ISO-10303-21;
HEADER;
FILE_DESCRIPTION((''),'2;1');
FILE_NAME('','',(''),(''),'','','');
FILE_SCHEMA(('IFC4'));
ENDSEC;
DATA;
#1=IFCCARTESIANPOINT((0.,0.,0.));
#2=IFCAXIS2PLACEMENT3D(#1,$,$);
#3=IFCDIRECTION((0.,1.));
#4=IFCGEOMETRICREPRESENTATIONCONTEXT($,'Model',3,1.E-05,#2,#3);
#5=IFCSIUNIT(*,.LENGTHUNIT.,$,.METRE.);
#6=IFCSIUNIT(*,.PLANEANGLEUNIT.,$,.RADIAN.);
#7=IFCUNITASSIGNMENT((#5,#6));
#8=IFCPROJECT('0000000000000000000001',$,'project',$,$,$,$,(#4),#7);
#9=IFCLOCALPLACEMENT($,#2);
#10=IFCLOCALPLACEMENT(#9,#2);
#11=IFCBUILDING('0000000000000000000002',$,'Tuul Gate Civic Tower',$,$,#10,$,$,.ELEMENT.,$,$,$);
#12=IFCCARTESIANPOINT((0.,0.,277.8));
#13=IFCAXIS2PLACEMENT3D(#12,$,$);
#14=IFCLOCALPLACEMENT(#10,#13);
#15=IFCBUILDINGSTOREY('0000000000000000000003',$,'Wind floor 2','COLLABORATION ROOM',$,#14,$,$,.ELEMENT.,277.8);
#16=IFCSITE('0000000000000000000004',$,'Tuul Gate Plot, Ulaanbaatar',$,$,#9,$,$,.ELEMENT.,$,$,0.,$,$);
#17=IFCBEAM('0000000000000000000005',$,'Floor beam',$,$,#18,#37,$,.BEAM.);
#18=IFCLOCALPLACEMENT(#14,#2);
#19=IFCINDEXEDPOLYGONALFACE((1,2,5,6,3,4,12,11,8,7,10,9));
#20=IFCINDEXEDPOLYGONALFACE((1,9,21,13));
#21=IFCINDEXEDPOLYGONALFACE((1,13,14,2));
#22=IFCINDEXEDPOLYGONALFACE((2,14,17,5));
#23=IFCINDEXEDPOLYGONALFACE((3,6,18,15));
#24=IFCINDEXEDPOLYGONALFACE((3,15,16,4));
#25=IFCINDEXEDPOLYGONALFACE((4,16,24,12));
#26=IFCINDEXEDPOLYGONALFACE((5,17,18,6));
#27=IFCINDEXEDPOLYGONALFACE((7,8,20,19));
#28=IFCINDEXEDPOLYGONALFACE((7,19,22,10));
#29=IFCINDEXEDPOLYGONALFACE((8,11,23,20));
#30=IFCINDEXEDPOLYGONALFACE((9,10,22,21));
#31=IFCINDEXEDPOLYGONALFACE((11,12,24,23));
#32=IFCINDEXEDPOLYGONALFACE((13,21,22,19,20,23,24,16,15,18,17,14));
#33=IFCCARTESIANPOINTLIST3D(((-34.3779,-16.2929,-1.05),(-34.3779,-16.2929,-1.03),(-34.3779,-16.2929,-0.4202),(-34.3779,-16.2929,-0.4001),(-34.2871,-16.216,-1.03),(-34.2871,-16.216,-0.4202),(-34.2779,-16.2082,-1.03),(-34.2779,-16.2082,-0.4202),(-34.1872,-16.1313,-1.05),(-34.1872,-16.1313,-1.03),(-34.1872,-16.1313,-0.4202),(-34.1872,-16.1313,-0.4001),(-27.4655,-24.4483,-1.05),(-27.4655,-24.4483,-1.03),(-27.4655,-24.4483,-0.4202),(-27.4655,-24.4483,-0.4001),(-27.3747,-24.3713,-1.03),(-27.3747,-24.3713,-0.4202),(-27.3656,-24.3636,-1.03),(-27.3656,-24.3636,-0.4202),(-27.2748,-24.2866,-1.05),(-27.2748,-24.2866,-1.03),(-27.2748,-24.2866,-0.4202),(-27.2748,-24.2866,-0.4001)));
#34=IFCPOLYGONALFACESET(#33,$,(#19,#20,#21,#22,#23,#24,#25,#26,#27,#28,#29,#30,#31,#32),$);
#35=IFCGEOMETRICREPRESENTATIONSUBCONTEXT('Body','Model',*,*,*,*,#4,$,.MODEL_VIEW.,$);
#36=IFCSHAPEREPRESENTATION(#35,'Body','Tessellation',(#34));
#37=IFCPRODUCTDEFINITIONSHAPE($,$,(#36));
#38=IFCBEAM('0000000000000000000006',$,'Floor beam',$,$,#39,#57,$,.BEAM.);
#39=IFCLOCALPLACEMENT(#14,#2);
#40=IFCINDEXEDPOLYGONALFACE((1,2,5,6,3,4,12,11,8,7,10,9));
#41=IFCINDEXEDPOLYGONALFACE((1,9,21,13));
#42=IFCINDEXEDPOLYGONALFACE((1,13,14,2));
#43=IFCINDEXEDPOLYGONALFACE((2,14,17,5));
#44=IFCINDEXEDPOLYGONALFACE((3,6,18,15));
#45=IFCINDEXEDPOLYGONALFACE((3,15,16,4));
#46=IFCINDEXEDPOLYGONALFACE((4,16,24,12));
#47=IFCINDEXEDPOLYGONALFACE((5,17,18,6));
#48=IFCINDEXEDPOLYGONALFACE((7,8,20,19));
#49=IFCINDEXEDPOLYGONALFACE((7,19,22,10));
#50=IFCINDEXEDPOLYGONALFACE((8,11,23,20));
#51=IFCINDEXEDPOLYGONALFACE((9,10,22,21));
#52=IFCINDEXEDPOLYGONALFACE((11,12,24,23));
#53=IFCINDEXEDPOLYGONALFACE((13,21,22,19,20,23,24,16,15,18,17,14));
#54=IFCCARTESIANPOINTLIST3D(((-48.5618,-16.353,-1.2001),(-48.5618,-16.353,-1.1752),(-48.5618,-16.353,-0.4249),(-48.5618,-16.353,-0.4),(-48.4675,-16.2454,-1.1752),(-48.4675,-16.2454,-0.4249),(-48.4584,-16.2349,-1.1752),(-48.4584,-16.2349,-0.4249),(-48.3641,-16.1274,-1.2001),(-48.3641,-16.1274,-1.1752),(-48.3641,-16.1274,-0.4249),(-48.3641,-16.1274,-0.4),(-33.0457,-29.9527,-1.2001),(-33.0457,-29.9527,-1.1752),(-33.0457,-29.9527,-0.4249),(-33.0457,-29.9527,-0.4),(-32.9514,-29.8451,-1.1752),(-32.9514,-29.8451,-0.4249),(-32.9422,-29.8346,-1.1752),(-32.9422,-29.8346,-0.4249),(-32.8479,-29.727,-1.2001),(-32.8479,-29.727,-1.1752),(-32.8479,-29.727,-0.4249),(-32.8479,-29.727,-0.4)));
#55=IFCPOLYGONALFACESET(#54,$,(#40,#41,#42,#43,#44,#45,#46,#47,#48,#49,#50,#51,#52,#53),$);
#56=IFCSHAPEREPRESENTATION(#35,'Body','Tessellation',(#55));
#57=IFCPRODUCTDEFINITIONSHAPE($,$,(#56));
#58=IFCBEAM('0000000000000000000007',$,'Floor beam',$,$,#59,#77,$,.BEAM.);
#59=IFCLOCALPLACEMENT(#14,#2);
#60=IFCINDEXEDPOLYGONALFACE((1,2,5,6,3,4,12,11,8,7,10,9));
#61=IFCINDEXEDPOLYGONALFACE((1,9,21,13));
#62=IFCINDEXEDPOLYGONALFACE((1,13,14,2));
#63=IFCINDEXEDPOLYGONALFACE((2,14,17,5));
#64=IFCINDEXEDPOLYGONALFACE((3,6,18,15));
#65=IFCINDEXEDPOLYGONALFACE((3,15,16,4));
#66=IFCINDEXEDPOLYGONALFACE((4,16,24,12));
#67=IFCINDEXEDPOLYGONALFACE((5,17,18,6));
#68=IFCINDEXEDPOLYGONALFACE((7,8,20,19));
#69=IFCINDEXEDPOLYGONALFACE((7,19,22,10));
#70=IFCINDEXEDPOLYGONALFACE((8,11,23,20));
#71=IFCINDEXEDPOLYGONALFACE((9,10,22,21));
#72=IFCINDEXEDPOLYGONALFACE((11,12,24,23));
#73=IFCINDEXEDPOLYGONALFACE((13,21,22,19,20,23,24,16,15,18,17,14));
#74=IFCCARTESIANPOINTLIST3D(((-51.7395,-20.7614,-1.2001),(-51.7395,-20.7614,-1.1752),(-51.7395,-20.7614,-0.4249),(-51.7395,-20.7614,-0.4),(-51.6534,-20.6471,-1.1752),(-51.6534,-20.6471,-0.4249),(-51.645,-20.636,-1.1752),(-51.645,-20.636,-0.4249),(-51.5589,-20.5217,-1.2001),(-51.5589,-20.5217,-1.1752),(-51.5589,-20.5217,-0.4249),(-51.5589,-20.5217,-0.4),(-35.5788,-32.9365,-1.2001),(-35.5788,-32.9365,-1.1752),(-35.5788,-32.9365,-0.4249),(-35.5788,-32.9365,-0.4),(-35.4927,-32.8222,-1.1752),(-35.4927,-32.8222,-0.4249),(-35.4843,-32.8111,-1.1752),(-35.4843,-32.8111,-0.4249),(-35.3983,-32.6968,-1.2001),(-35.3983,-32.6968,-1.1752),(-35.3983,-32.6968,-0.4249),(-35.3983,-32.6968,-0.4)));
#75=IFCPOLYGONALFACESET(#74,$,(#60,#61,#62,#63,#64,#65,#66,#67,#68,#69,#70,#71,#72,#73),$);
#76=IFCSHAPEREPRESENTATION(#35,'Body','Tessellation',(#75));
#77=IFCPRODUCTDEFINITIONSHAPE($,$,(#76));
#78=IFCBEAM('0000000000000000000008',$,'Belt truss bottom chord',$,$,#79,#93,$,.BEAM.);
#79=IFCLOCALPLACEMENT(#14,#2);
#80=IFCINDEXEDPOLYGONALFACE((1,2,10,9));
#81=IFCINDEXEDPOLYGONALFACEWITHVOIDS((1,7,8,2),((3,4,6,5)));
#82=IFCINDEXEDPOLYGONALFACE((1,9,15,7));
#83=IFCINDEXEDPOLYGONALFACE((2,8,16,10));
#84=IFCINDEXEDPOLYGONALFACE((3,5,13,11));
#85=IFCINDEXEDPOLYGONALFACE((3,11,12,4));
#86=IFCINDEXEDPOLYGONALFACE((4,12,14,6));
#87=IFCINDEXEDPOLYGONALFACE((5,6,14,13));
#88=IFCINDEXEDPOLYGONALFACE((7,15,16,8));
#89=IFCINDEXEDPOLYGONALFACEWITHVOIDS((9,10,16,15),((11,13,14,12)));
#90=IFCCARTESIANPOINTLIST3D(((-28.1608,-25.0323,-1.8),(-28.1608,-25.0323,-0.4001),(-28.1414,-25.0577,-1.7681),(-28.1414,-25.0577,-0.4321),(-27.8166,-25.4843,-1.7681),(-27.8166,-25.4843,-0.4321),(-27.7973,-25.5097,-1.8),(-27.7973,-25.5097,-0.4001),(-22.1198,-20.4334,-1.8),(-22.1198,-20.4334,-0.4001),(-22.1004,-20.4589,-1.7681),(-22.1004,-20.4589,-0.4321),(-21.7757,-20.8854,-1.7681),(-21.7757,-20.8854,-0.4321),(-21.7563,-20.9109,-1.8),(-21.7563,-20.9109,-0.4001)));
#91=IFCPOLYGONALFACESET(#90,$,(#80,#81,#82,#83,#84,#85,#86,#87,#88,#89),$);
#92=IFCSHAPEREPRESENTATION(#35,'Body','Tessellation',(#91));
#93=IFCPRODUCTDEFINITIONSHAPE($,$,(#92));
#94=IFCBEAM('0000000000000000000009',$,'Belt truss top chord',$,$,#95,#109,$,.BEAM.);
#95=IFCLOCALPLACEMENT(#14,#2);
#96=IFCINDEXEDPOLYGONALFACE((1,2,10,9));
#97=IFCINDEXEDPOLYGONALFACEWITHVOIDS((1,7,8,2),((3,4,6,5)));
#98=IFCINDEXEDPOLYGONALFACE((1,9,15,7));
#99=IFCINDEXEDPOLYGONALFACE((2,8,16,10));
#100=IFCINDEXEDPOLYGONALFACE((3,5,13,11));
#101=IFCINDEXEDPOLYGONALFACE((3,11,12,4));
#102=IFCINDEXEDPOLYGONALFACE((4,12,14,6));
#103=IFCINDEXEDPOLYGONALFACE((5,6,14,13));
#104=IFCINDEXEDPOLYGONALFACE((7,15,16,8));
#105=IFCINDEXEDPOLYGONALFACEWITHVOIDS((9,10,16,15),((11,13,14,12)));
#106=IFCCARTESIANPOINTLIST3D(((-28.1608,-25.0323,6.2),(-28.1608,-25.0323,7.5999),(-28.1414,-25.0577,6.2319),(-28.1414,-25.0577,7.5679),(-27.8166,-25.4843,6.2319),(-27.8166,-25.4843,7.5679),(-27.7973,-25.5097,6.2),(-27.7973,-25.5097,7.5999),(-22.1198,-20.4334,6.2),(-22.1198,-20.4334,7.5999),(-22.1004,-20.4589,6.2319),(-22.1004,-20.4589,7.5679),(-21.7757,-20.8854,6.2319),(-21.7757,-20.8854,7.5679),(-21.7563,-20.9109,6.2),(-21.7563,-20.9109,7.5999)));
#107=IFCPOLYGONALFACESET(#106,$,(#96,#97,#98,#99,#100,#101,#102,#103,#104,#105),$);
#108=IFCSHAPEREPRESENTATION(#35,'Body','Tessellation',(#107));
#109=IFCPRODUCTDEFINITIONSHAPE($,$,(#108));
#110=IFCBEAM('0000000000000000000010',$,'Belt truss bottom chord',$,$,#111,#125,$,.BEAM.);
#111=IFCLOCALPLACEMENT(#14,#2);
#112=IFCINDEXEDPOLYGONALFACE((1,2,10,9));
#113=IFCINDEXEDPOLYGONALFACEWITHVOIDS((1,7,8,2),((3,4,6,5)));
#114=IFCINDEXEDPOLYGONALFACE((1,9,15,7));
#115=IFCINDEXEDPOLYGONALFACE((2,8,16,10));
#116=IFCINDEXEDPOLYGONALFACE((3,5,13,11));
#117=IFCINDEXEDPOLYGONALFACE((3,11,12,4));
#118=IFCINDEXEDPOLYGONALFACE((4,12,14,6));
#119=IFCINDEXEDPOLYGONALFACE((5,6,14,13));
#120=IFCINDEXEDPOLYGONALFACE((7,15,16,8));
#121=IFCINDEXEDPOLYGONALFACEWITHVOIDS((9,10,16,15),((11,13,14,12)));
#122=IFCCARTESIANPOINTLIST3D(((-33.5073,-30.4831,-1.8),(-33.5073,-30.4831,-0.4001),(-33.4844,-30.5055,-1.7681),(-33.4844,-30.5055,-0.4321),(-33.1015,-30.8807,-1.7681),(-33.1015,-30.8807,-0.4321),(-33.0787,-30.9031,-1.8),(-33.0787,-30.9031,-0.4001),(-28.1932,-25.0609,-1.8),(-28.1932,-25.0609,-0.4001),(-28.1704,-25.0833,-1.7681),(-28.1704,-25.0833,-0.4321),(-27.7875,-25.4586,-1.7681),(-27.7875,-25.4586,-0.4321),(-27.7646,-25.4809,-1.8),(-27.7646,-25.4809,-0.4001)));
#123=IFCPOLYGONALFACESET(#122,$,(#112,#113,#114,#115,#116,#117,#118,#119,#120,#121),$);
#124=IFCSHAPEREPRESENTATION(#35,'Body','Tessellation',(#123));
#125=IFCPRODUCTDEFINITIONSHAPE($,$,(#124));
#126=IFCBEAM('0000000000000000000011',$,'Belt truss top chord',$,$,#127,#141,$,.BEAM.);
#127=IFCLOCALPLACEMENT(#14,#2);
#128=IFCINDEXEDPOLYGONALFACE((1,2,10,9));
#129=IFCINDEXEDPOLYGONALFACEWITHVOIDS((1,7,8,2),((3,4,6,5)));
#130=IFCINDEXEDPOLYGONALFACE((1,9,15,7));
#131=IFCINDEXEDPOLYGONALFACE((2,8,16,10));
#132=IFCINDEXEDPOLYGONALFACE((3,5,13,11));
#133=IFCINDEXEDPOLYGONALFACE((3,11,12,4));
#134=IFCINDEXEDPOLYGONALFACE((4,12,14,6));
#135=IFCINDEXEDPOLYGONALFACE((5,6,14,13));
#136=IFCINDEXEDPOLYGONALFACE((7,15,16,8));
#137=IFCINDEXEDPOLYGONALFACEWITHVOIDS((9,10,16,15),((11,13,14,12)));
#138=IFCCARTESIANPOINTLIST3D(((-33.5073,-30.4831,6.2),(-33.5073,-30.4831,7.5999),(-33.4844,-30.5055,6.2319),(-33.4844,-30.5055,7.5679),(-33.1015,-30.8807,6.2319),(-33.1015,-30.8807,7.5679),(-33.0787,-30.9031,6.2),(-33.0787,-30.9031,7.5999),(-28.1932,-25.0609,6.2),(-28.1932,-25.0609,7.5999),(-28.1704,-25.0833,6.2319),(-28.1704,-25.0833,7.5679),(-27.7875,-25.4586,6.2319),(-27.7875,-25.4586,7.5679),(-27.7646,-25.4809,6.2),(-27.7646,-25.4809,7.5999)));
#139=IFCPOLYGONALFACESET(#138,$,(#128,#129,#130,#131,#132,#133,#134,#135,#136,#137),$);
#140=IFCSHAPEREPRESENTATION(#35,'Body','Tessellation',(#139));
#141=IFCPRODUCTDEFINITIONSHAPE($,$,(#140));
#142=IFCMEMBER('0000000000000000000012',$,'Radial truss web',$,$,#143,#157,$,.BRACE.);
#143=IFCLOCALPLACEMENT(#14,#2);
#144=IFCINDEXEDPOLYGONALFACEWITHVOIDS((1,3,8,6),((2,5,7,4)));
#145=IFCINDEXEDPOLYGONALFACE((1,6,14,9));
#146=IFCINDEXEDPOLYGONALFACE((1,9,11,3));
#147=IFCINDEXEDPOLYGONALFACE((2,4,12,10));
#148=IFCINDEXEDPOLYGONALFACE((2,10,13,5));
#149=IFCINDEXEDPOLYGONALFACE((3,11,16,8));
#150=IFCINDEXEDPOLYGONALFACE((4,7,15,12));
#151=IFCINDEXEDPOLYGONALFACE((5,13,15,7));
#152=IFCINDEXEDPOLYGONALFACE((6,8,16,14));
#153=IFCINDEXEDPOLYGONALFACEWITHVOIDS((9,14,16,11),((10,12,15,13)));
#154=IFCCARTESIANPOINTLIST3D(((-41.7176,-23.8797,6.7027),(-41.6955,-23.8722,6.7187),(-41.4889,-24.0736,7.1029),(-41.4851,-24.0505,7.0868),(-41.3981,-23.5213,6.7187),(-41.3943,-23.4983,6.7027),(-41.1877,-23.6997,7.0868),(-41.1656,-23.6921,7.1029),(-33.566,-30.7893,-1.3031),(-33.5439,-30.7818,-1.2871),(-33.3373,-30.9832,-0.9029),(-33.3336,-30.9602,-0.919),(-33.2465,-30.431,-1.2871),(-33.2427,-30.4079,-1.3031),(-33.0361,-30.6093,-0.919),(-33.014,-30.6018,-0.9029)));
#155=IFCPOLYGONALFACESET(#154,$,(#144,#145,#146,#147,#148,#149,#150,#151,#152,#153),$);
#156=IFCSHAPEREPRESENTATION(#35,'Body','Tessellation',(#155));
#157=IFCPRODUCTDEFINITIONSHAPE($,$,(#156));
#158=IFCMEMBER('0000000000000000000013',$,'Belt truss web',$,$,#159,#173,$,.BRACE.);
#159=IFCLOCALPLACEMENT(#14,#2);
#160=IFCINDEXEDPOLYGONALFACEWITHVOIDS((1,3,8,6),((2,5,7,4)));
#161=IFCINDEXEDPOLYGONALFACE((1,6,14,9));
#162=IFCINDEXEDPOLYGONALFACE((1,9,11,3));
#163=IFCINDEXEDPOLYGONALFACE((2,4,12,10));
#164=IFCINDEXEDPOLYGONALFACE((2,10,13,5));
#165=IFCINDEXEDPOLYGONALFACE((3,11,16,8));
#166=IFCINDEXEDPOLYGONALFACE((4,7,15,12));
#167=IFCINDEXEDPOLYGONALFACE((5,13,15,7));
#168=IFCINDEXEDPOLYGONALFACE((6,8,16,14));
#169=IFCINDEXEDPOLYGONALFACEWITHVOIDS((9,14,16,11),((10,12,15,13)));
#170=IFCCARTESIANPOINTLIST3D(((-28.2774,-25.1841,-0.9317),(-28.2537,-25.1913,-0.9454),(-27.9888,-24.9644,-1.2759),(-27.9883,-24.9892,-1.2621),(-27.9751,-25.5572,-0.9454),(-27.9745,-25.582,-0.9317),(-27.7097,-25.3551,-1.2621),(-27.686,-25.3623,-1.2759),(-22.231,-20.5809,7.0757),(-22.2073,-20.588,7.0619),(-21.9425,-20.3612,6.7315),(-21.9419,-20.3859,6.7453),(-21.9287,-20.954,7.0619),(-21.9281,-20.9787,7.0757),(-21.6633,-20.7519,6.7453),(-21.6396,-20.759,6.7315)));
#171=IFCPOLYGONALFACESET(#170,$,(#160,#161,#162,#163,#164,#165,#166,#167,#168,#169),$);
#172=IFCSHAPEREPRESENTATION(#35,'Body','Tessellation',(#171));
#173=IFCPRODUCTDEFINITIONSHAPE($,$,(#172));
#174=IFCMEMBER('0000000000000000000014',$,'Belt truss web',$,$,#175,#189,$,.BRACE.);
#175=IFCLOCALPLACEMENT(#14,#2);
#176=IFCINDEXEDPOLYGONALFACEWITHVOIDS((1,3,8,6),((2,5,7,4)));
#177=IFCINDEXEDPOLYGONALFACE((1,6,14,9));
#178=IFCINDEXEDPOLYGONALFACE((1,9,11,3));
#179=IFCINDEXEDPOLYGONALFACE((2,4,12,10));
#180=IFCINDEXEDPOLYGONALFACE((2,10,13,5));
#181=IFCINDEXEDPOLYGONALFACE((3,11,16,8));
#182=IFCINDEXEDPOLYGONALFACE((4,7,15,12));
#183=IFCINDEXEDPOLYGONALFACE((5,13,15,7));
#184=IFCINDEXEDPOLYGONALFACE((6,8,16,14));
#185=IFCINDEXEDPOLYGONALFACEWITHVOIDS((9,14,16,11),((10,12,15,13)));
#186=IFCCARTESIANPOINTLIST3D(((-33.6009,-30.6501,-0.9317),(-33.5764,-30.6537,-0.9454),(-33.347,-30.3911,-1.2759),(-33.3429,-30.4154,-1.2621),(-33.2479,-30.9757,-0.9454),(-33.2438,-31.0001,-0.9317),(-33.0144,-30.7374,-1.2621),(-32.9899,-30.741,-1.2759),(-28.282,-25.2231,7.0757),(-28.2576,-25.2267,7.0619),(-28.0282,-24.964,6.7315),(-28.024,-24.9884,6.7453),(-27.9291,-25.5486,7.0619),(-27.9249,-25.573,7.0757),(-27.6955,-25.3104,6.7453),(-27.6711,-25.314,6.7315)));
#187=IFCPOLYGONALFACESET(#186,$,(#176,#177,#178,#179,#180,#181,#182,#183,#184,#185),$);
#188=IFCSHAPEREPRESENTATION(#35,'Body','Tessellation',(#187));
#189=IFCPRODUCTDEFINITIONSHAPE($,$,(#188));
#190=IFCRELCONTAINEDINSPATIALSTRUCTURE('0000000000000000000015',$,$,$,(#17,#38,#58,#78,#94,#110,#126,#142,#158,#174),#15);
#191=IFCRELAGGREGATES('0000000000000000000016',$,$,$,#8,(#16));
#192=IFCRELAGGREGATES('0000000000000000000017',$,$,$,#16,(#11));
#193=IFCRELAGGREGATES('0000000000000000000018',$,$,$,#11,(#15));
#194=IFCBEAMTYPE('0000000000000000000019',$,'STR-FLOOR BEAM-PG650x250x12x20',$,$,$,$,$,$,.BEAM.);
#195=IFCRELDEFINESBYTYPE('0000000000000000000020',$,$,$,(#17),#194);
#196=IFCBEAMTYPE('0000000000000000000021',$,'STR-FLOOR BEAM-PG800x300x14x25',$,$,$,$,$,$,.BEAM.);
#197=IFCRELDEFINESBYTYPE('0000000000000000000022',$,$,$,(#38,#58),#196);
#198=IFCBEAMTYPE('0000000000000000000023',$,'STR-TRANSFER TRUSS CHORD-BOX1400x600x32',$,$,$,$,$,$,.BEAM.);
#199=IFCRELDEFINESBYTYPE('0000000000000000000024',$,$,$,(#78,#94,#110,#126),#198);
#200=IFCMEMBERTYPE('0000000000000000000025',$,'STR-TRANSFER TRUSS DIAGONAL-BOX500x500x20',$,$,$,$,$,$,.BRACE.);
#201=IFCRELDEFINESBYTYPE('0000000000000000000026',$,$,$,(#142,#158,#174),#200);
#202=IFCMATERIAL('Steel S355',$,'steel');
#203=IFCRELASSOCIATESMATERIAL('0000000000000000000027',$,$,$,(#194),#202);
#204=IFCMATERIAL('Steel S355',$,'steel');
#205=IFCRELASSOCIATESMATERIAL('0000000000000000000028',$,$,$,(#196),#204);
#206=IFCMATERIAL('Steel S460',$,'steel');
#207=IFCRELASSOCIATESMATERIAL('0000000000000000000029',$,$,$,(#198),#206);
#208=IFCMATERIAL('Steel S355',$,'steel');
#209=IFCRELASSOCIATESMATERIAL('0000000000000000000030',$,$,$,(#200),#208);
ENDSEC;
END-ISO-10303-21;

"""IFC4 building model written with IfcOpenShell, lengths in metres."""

from ifc_helpers import new_model, si_unit, direction, frame, origin, origin_2d, place, context, subcontext, project, spatial, hollow_rectangle, i_section, extrude, material, material_profile, profile_set, type_object, element, save


model = new_model("IFC4")

# Units and contexts
model_context = context("Model", 3, precision=1e-05, world=origin(), true_north=direction((0.0, 1.0)))
body_context = subcontext(model_context, "Body", "Model", "MODEL_VIEW")
ifc_project = project(units=[si_unit("LENGTHUNIT", "METRE"), si_unit("PLANEANGLEUNIT", "RADIAN")], contexts=[model_context])

# Site, building, storey
site_placement = place(None, origin())
site = spatial("IfcSite", under=ifc_project, at=site_placement, Name="Tuul Gate Plot, Ulaanbaatar", CompositionType="ELEMENT", RefElevation=0.0)
building_placement = place(site_placement, origin())
building = spatial("IfcBuilding", under=site, at=building_placement, Name="Tuul Gate Civic Tower", CompositionType="ELEMENT")
storey_placement = place(building_placement, frame((0.0, 0.0, 277.8)))
storey = spatial("IfcBuildingStorey", under=building, at=storey_placement, Name="Wind floor 2", Description="COLLABORATION ROOM", CompositionType="ELEMENT", Elevation=277.8)

# Beams
ifc_material_1 = material(Name="Steel S355", Category="steel")
ifc_material_profile_1 = material_profile(ifc_material_1, i_section(OverallWidth=0.25, OverallDepth=0.6499, WebThickness=0.012, FlangeThickness=0.02, at=origin_2d()), Name="PG650x250x12x20")
ifc_profile_set_1 = profile_set([ifc_material_profile_1], Name="Steel S355")
beam_type_1 = type_object("IfcBeamType", Name="STR-FLOOR BEAM-PG650x250x12x20", PredefinedType="BEAM", material=ifc_profile_set_1)
beam_1_placement = place(storey_placement, frame((-27.3701, -24.3674, -0.7251), z_axis=(-0.646582, 0.762845, 0.0), x_axis=(-0.762845, -0.646582, 0.0)))
element("IfcBeam", 1, at=beam_1_placement, inside=storey, type_object=beam_type_1, Name="Floor beam", PredefinedType="BEAM", context=body_context, shape_type="SweptSolid", body=[
    extrude(i_section(OverallWidth=0.25, OverallDepth=0.6499, WebThickness=0.012, FlangeThickness=0.02, at=origin_2d()), origin(), (0.0, 0.0, 1.0), 10.6907),
])
ifc_material_2 = material(Name="Steel S355", Category="steel")
ifc_material_profile_2 = material_profile(ifc_material_2, i_section(OverallWidth=0.3, OverallDepth=0.8, WebThickness=0.0139, FlangeThickness=0.0249, at=origin_2d()), Name="PG800x300x14x25")
ifc_profile_set_2 = profile_set([ifc_material_profile_2], Name="Steel S355")
beam_type_2 = type_object("IfcBeamType", Name="STR-FLOOR BEAM-PG800x300x14x25", PredefinedType="BEAM", material=ifc_profile_set_2)
beam_2_placement = place(storey_placement, frame((-32.9468, -29.8398, -0.8), z_axis=(-0.752024, 0.659136, 0.0), x_axis=(-0.659136, -0.752024, 0.0)))
element("IfcBeam", 2, at=beam_2_placement, inside=storey, type_object=beam_type_2, Name="Floor beam", PredefinedType="BEAM", context=body_context, shape_type="SweptSolid", body=[
    extrude(i_section(OverallWidth=0.3, OverallDepth=0.8, WebThickness=0.0139, FlangeThickness=0.0249, at=origin_2d()), origin(), (0.0, 0.0, 1.0), 20.6326),
])
beam_3_placement = place(storey_placement, frame((-35.4885, -32.8167, -0.8), z_axis=(-0.798704, 0.601725, 0.0), x_axis=(-0.601725, -0.798704, 0.0)))
element("IfcBeam", 3, at=beam_3_placement, inside=storey, type_object=beam_type_2, Name="Floor beam", PredefinedType="BEAM", context=body_context, shape_type="SweptSolid", body=[
    extrude(i_section(OverallWidth=0.3, OverallDepth=0.8, WebThickness=0.0139, FlangeThickness=0.0249, at=origin_2d()), origin(), (0.0, 0.0, 1.0), 20.2336),
])
ifc_material_3 = material(Name="Steel S460", Category="steel")
ifc_material_profile_3 = material_profile(ifc_material_3, hollow_rectangle(XDim=0.6001, YDim=1.3999, WallThickness=0.032, at=origin_2d()), Name="BOX1400x600x32")
ifc_profile_set_3 = profile_set([ifc_material_profile_3], Name="Steel S460")
beam_type_3 = type_object("IfcBeamType", Name="STR-TRANSFER TRUSS CHORD-BOX1400x600x32", PredefinedType="BEAM", material=ifc_profile_set_3)
for number, where, z_axis, x_axis, name in (
    (4, (-27.979, -25.271, -1.1001), (0.795673, 0.605726, 0.0), (-0.605726, 0.795673, 0.0), "Belt truss bottom chord"),
    (5, (-27.979, -25.271, 6.8999), (0.795673, 0.605726, 0.0), (-0.605726, 0.795673, 0.0), "Belt truss top chord"),
):
    element("IfcBeam", number, at=place(storey_placement, frame(where, z_axis=z_axis, x_axis=x_axis)), inside=storey, type_object=beam_type_3, Name=name, PredefinedType="BEAM", context=body_context, shape_type="SweptSolid", body=[
        extrude(hollow_rectangle(XDim=0.6001, YDim=1.3999, WallThickness=0.032, at=origin_2d()), origin(), (0.0, 0.0, 1.0), 7.5923),
    ])
for number, where, z_axis, x_axis, name in (
    (6, (-33.293, -30.6931, -1.1001), (0.699948, 0.714194, 0.0), (-0.714194, 0.699948, 0.0), "Belt truss bottom chord"),
    (7, (-33.293, -30.6931, 6.8999), (0.699948, 0.714194, 0.0), (-0.714194, 0.699948, 0.0), "Belt truss top chord"),
):
    element("IfcBeam", number, at=place(storey_placement, frame(where, z_axis=z_axis, x_axis=x_axis)), inside=storey, type_object=beam_type_3, Name=name, PredefinedType="BEAM", context=body_context, shape_type="SweptSolid", body=[
        extrude(hollow_rectangle(XDim=0.6001, YDim=1.3999, WallThickness=0.032, at=origin_2d()), origin(), (0.0, 0.0, 1.0), 7.592),
    ])

# Members
ifc_material_4 = material(Name="Steel S355", Category="steel")
ifc_material_profile_4 = material_profile(ifc_material_4, hollow_rectangle(XDim=0.5, YDim=0.5, WallThickness=0.02, at=origin_2d()), Name="BOX500x500x20")
ifc_profile_set_4 = profile_set([ifc_material_profile_4], Name="Steel S355")
member_type_1 = type_object("IfcMemberType", Name="STR-TRANSFER TRUSS DIAGONAL-BOX500x500x20", PredefinedType="BRACE", material=ifc_profile_set_4)
member_1_placement = place(storey_placement, frame((-33.29, -30.6956, -1.103), z_axis=(-0.610499, 0.517486, 0.599583), x_axis=(-0.646605, -0.762825, 0.0)))
element("IfcMember", 8, at=member_1_placement, inside=storey, type_object=member_type_1, Name="Radial truss web", PredefinedType="BRACE", context=body_context, shape_type="SweptSolid", body=[
    extrude(hollow_rectangle(XDim=0.5, YDim=0.5, WallThickness=0.02, at=origin_2d()), origin(), (0.0, 0.0, 1.0), 13.3523),
])
member_2_placement = place(storey_placement, frame((-27.9817, -25.2732, -1.1038), z_axis=(0.547715, 0.416989, 0.725347), x_axis=(-0.605752, 0.795654, 0.0)))
element("IfcMember", 9, at=member_2_placement, inside=storey, type_object=member_type_1, Name="Belt truss web", PredefinedType="BRACE", context=body_context, shape_type="SweptSolid", body=[
    extrude(hollow_rectangle(XDim=0.5, YDim=0.5, WallThickness=0.02, at=origin_2d()), origin(), (0.0, 0.0, 1.0), 11.0393),
])
member_3_placement = place(storey_placement, frame((-33.2954, -30.6956, -1.1038), z_axis=(0.481823, 0.49162, 0.725366), x_axis=(-0.714187, 0.699954, 0.0)))
element("IfcMember", 10, at=member_3_placement, inside=storey, type_object=member_type_1, Name="Belt truss web", PredefinedType="BRACE", context=body_context, shape_type="SweptSolid", body=[
    extrude(hollow_rectangle(XDim=0.5, YDim=0.5, WallThickness=0.02, at=origin_2d()), origin(), (0.0, 0.0, 1.0), 11.0391),
])

save(model, "model.ifc")
